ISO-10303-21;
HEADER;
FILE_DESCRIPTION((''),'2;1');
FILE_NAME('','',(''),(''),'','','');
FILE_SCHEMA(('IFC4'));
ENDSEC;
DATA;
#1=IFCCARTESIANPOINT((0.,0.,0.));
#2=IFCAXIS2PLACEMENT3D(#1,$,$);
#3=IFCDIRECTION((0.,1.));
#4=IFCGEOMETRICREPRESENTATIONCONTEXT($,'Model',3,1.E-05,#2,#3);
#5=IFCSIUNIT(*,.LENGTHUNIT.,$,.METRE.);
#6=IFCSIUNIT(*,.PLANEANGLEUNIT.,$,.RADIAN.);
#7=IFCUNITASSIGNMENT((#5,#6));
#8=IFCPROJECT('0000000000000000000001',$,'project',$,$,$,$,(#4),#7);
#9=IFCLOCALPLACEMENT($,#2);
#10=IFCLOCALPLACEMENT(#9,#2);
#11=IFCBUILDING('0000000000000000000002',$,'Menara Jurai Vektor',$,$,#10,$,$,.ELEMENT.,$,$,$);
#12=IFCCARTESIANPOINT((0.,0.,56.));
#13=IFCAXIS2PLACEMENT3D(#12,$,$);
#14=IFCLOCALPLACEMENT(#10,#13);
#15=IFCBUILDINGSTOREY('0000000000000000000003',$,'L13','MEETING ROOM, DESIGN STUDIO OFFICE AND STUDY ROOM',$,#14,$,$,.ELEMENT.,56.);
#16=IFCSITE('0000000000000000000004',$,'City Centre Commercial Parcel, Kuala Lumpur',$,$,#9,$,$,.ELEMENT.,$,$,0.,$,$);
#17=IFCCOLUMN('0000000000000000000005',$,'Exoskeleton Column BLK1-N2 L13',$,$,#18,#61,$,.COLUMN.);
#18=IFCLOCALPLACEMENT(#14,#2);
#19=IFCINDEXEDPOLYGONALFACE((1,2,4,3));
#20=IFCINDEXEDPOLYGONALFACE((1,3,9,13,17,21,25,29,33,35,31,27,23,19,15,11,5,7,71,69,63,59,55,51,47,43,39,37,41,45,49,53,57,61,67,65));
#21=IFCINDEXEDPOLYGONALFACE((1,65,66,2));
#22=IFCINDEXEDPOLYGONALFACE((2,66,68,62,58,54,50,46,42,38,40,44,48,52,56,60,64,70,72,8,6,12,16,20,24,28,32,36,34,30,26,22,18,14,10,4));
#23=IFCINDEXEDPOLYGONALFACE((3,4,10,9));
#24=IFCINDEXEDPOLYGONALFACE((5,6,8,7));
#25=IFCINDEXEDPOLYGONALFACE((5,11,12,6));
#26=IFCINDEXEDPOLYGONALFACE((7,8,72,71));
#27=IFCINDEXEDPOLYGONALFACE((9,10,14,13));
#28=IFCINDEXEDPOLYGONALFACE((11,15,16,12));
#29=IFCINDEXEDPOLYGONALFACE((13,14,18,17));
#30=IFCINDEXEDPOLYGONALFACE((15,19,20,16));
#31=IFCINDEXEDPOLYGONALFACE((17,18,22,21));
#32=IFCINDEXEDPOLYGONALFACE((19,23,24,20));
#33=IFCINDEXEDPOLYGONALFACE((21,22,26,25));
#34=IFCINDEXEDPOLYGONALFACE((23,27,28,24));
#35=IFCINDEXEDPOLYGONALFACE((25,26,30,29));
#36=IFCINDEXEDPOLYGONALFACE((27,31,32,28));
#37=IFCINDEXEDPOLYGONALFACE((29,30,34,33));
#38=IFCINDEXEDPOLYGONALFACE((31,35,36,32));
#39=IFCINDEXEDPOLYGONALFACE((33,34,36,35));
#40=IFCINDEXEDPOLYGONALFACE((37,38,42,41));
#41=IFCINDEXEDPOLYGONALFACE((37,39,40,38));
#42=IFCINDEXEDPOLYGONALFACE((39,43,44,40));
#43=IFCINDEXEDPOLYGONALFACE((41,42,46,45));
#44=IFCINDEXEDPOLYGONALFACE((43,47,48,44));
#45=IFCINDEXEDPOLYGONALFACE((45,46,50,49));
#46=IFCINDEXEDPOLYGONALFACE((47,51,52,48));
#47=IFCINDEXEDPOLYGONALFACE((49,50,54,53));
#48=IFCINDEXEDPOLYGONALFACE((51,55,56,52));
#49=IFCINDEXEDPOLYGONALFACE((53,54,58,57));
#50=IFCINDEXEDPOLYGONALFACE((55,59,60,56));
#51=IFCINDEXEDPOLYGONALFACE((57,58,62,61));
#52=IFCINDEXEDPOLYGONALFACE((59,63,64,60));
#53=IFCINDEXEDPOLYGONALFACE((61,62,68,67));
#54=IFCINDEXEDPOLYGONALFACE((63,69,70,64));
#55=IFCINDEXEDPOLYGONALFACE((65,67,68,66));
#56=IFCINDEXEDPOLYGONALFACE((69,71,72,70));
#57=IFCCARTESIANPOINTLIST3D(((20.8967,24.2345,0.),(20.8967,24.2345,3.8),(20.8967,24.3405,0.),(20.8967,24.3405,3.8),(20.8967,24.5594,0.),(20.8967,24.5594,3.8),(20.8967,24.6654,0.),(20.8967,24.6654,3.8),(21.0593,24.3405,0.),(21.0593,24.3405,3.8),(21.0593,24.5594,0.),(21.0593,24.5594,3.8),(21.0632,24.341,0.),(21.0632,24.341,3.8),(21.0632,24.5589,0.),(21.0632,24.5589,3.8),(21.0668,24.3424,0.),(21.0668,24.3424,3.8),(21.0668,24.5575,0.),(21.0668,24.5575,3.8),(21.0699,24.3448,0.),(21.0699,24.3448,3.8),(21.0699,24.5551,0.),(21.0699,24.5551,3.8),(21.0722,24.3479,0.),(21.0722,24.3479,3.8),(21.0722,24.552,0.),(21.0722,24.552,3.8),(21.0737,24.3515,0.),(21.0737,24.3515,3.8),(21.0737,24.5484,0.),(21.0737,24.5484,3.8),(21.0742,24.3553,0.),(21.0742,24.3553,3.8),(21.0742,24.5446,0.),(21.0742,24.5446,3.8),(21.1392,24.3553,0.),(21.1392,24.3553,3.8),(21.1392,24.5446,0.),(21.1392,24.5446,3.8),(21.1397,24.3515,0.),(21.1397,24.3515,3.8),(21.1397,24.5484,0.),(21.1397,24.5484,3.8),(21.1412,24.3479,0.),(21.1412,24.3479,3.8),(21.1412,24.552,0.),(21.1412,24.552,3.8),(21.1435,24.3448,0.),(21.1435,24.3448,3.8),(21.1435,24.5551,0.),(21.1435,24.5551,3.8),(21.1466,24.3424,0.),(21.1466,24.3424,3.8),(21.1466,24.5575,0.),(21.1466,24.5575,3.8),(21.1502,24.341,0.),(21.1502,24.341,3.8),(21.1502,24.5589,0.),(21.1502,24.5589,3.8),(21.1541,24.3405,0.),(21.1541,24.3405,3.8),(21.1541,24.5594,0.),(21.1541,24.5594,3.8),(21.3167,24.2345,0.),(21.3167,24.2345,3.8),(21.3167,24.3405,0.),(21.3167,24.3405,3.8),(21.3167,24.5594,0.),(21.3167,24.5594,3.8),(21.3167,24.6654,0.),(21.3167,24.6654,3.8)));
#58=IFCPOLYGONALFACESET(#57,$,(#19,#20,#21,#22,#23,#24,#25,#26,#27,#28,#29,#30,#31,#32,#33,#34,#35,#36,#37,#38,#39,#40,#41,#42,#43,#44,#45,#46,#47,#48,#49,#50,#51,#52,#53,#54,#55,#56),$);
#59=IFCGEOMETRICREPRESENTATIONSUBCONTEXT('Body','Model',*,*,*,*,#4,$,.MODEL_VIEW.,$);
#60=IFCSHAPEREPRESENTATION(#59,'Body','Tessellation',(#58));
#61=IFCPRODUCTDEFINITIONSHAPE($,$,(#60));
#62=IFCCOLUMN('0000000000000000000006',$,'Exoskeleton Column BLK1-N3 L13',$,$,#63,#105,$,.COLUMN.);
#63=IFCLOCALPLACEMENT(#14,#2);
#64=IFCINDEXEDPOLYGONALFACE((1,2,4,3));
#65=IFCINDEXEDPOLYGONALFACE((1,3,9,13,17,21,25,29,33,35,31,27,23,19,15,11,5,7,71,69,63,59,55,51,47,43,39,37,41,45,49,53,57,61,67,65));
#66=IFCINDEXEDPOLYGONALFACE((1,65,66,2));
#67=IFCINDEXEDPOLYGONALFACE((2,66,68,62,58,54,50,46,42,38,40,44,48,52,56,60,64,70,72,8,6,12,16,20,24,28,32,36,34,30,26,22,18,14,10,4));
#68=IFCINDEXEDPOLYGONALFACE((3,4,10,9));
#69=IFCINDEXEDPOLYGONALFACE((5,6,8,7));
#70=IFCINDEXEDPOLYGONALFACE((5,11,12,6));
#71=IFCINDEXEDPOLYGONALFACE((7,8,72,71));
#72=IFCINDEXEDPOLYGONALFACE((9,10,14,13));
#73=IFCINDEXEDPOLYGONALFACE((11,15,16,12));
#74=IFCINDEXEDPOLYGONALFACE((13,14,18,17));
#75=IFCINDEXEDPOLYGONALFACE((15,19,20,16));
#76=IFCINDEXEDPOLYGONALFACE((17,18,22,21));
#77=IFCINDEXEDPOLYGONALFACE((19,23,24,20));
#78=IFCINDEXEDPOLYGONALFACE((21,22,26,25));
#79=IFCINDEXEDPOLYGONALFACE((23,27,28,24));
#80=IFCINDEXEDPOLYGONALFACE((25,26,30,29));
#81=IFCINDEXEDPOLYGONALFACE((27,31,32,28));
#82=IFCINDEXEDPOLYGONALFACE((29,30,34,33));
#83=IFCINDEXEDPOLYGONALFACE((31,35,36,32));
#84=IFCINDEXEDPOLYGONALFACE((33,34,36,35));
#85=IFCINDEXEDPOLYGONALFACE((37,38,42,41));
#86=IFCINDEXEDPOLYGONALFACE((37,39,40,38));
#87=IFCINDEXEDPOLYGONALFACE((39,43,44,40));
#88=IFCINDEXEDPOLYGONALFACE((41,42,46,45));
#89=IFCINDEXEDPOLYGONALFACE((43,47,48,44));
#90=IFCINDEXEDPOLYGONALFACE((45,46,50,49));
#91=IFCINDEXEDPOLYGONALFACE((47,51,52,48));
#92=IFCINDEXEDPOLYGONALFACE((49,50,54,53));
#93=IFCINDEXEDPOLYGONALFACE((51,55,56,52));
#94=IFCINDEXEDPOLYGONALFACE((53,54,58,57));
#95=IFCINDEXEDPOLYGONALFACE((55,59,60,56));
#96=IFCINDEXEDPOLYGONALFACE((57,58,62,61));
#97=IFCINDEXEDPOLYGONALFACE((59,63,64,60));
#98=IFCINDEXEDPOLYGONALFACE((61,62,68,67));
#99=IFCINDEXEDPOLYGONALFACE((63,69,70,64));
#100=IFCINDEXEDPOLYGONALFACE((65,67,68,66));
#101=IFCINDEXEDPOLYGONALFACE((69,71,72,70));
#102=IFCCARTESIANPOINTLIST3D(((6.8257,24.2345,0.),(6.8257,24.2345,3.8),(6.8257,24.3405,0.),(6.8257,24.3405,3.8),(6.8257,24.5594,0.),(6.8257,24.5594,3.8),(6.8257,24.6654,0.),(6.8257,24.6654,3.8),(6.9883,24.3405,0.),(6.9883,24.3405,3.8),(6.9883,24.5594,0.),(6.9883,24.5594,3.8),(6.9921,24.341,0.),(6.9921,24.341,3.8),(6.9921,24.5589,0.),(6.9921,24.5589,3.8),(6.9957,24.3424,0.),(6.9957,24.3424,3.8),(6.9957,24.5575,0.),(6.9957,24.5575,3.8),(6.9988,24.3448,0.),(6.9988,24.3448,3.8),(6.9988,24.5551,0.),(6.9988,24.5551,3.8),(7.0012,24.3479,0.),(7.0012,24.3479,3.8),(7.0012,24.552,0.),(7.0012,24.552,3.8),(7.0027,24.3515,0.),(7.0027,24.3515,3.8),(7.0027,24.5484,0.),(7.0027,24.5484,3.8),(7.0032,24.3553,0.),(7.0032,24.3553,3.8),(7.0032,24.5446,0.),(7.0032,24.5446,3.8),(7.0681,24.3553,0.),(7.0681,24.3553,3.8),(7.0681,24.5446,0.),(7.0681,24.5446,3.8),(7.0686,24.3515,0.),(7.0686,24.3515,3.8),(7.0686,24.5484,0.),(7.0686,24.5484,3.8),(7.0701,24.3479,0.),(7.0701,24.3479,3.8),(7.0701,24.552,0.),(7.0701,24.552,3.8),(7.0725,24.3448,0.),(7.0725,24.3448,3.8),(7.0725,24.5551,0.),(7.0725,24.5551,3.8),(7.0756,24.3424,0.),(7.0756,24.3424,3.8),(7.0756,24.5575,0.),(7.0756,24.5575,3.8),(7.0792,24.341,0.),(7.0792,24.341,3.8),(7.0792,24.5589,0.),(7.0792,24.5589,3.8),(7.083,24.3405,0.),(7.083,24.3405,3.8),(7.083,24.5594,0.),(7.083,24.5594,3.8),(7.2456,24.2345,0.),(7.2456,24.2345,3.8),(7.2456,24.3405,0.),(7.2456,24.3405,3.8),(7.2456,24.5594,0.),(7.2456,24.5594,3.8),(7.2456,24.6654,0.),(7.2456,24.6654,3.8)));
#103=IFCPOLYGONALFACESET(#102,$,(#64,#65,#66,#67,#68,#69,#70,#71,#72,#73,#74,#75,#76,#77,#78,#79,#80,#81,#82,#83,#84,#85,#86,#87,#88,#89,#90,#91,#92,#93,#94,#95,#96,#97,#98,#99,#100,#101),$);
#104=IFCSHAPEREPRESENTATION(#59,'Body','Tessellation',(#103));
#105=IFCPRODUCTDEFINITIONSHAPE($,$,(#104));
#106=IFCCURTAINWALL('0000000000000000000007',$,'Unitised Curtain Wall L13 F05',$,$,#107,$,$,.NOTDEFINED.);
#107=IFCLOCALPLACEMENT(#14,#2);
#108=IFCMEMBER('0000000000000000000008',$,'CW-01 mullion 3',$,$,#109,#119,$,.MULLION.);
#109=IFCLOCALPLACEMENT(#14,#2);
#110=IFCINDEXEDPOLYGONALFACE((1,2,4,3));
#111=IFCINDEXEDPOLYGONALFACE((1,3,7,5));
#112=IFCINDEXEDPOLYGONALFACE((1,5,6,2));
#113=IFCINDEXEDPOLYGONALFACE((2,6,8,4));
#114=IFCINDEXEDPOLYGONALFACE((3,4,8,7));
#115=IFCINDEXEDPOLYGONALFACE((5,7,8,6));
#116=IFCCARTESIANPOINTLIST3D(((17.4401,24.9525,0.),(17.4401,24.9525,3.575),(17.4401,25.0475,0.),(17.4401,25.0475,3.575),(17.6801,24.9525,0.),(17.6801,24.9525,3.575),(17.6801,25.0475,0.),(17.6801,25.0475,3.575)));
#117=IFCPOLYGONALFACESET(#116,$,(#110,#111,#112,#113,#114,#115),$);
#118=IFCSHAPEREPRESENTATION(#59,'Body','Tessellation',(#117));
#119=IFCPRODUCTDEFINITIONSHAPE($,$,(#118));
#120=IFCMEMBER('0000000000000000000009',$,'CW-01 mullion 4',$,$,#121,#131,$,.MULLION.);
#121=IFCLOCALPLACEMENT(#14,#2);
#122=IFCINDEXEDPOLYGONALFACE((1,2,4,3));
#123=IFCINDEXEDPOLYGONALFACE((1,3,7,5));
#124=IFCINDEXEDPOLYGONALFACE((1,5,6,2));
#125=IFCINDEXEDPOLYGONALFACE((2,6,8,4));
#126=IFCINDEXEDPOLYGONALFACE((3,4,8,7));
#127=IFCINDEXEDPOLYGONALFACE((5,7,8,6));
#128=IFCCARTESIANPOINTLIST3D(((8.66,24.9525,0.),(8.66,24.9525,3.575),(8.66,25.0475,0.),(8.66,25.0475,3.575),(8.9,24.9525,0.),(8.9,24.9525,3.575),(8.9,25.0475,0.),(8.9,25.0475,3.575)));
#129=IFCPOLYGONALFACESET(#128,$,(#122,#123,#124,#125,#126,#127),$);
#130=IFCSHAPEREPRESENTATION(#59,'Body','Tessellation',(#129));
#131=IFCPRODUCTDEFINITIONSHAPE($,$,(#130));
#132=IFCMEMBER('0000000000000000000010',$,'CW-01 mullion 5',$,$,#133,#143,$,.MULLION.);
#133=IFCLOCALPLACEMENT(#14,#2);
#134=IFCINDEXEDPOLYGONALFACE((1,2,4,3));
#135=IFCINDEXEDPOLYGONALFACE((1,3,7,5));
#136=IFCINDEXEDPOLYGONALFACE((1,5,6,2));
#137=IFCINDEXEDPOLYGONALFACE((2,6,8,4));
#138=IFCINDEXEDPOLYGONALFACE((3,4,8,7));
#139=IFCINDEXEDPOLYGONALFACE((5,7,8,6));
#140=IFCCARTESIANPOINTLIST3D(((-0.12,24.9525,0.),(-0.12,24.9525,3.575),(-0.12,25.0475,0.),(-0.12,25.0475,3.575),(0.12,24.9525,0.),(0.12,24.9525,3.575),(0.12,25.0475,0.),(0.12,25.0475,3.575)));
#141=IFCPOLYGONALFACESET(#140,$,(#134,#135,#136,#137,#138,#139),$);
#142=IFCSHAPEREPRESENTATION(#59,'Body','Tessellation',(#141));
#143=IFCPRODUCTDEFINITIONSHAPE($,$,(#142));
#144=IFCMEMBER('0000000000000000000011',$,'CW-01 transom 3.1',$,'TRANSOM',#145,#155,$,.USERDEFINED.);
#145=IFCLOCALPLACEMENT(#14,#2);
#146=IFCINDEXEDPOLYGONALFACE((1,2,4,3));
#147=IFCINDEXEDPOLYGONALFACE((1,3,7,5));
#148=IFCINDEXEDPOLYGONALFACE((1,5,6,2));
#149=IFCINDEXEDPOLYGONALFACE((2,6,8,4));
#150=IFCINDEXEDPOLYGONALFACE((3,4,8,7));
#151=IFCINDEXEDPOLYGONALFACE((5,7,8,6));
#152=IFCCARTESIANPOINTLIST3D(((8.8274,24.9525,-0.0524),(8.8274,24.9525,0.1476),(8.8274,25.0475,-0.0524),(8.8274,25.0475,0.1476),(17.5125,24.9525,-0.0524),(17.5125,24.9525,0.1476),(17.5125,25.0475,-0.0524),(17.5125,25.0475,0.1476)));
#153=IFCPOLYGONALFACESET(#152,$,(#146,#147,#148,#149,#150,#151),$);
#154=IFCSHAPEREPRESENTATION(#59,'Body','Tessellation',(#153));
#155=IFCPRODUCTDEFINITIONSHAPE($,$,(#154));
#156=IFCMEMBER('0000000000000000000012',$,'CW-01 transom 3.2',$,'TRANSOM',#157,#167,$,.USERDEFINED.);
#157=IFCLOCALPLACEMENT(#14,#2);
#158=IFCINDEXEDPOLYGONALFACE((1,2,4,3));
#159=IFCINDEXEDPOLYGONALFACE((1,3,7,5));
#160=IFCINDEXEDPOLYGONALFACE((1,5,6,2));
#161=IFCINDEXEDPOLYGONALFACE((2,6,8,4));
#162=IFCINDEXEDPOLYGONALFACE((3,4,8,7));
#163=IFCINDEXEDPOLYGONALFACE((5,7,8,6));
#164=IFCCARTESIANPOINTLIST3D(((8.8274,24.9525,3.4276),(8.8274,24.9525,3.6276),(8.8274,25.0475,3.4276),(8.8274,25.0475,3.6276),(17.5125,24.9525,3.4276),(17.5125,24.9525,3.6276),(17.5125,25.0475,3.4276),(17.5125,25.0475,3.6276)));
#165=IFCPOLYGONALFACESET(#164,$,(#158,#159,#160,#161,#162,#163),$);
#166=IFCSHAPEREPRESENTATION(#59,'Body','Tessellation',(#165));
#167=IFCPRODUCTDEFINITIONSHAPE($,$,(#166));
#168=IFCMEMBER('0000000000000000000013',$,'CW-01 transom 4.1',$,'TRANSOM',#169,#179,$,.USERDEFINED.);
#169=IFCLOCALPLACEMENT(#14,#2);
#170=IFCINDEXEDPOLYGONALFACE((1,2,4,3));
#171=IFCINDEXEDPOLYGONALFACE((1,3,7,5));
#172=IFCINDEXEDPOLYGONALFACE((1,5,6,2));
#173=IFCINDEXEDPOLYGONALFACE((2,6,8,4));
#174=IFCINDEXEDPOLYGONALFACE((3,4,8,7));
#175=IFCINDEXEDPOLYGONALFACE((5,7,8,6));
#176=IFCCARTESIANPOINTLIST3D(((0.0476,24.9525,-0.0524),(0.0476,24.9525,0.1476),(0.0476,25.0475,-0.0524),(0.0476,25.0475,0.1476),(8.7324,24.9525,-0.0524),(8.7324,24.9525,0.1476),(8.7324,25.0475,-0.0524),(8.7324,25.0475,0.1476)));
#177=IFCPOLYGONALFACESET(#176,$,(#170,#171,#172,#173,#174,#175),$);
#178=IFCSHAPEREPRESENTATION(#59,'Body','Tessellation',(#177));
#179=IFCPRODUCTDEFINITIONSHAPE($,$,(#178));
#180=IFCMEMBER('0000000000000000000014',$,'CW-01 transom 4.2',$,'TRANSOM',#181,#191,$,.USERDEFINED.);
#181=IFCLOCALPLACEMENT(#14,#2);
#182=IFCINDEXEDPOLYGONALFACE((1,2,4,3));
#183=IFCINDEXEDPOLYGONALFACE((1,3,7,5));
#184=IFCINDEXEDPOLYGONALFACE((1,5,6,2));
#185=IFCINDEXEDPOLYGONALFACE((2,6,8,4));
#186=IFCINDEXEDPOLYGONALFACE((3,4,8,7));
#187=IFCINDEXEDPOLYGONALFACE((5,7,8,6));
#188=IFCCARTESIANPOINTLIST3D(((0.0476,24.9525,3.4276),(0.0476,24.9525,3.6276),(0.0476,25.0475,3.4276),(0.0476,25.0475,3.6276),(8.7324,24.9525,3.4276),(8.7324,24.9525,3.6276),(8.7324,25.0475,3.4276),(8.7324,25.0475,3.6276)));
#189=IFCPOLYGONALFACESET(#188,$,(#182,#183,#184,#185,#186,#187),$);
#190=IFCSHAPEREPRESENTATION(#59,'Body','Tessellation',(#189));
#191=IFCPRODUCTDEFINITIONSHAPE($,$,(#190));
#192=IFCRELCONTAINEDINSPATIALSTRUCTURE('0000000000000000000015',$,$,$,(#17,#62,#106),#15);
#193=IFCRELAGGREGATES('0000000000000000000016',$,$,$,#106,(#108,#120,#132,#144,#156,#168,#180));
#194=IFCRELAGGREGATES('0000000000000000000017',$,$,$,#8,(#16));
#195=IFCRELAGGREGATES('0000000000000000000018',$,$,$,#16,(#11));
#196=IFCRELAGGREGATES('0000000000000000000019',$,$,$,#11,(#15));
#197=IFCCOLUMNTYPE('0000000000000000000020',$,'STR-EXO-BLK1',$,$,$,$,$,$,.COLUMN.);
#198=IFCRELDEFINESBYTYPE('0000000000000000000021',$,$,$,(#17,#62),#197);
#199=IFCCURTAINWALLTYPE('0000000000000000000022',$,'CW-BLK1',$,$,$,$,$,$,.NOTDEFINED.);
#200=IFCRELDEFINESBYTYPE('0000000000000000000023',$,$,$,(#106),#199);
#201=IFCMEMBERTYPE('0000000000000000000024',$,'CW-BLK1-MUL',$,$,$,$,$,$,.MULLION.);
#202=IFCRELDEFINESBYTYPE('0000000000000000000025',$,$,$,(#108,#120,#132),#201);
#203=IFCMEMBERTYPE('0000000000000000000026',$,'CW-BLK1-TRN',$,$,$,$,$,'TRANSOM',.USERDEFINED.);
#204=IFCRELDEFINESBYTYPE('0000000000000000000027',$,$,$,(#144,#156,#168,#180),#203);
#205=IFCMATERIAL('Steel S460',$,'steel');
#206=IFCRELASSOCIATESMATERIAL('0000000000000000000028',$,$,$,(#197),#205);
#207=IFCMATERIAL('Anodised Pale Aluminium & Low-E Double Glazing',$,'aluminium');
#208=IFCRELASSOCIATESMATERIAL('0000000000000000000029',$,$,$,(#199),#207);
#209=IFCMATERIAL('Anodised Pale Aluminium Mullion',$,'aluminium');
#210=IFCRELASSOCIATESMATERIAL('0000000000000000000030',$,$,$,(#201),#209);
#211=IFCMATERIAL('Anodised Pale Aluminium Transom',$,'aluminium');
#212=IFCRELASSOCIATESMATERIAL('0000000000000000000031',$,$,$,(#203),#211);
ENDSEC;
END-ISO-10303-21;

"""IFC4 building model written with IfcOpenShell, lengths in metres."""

from ifc_helpers import new_model, si_unit, direction, frame, origin, origin_2d, place, context, subcontext, project, spatial, rectangle, i_section, extrude, material, material_profile, profile_set, type_object, element, aggregate, save


model = new_model("IFC4")

# Units and contexts
model_context = context("Model", 3, precision=1e-05, world=origin(), true_north=direction((0.0, 1.0)))
body_context = subcontext(model_context, "Body", "Model", "MODEL_VIEW")
ifc_project = project(units=[si_unit("LENGTHUNIT", "METRE"), si_unit("PLANEANGLEUNIT", "RADIAN")], contexts=[model_context])

# Site, building, storey
site_placement = place(None, origin())
site = spatial("IfcSite", under=ifc_project, at=site_placement, Name="City Centre Commercial Parcel, Kuala Lumpur", CompositionType="ELEMENT", RefElevation=0.0)
building_placement = place(site_placement, origin())
building = spatial("IfcBuilding", under=site, at=building_placement, Name="Menara Jurai Vektor", CompositionType="ELEMENT")
storey_placement = place(building_placement, frame((0.0, 0.0, 56.0)))
storey = spatial("IfcBuildingStorey", under=building, at=storey_placement, Name="L13", Description="MEETING ROOM, DESIGN STUDIO OFFICE AND STUDY ROOM", CompositionType="ELEMENT", Elevation=56.0)

# Columns
ifc_material_1 = material(Name="Steel S460", Category="steel")
ifc_material_profile_1 = material_profile(ifc_material_1, i_section(OverallWidth=0.4199, OverallDepth=0.4309, WebThickness=0.0649, FlangeThickness=0.106, FilletRadius=0.0149, at=origin_2d()), Name="HD 400x900")
ifc_profile_set_1 = profile_set([ifc_material_profile_1], Name="Steel S460")
column_type = type_object("IfcColumnType", Name="STR-EXO-BLK1", PredefinedType="COLUMN", material=ifc_profile_set_1)
for number, where, z_axis, x_axis, name in (
    (1, (21.1067, 24.45, 0.0), (0.0, 0.0, 1.0), (1.0, 0.0, 0.0), "Exoskeleton Column BLK1-N2 L13"),
    (2, (7.0356, 24.45, 0.0), (0.0, 0.0, 1.0), (1.0, 0.0, 0.0), "Exoskeleton Column BLK1-N3 L13"),
):
    element("IfcColumn", number, at=place(storey_placement, frame(where, z_axis=z_axis, x_axis=x_axis)), inside=storey, type_object=column_type, Name=name, PredefinedType="COLUMN", context=body_context, shape_type="SweptSolid", body=[
        extrude(i_section(OverallWidth=0.4199, OverallDepth=0.4309, WebThickness=0.0649, FlangeThickness=0.106, FilletRadius=0.0149, at=origin_2d()), origin(), (0.0, 0.0, 1.0), 3.8),
    ])

# Curtain wall, members
ifc_material_2 = material(Name="Anodised Pale Aluminium & Low-E Double Glazing", Category="aluminium")
curtain_wall_type = type_object("IfcCurtainWallType", Name="CW-BLK1", PredefinedType="NOTDEFINED", material=ifc_material_2)
curtain_wall_placement = place(storey_placement, origin())
curtain_wall = element("IfcCurtainWall", 3, at=curtain_wall_placement, inside=storey, type_object=curtain_wall_type, Name="Unitised Curtain Wall L13 F05", PredefinedType="NOTDEFINED")
ifc_material_3 = material(Name="Anodised Pale Aluminium Mullion", Category="aluminium")
ifc_material_profile_2 = material_profile(ifc_material_3, rectangle(XDim=0.095, YDim=0.24, at=origin_2d()), Name="ALU MUL 95x240")
ifc_profile_set_2 = profile_set([ifc_material_profile_2], Name="Anodised Pale Aluminium Mullion")
member_type_1 = type_object("IfcMemberType", Name="CW-BLK1-MUL", PredefinedType="MULLION", material=ifc_profile_set_2)
member_1_placement = place(storey_placement, frame((17.5601, 25.0, 0.0), z_axis=(0.0, 0.0, 1.0), x_axis=(0.0, -1.0, 0.0)))
member_1 = element("IfcMember", 4, at=member_1_placement, type_object=member_type_1, Name="CW-01 mullion 3", PredefinedType="MULLION", context=body_context, shape_type="SweptSolid", body=[
    extrude(rectangle(XDim=0.095, YDim=0.24, at=origin_2d()), origin(), (0.0, 0.0, 1.0), 3.575),
])
member_2_placement = place(storey_placement, frame((8.78, 25.0, 0.0), z_axis=(0.0, 0.0, 1.0), x_axis=(0.0, -1.0, 0.0)))
member_2 = element("IfcMember", 5, at=member_2_placement, type_object=member_type_1, Name="CW-01 mullion 4", PredefinedType="MULLION", context=body_context, shape_type="SweptSolid", body=[
    extrude(rectangle(XDim=0.095, YDim=0.24, at=origin_2d()), origin(), (0.0, 0.0, 1.0), 3.575),
])
member_3_placement = place(storey_placement, frame((0.0, 25.0, 0.0), z_axis=(0.0, 0.0, 1.0), x_axis=(0.0, -1.0, 0.0)))
member_3 = element("IfcMember", 6, at=member_3_placement, type_object=member_type_1, Name="CW-01 mullion 5", PredefinedType="MULLION", context=body_context, shape_type="SweptSolid", body=[
    extrude(rectangle(XDim=0.095, YDim=0.24, at=origin_2d()), origin(), (0.0, 0.0, 1.0), 3.575),
])
ifc_material_4 = material(Name="Anodised Pale Aluminium Transom", Category="aluminium")
ifc_material_profile_3 = material_profile(ifc_material_4, rectangle(XDim=0.095, YDim=0.2, at=origin_2d()), Name="ALU TRN 95x200")
ifc_profile_set_3 = profile_set([ifc_material_profile_3], Name="Anodised Pale Aluminium Transom")
member_type_2 = type_object("IfcMemberType", Name="CW-BLK1-TRN", ElementType="TRANSOM", PredefinedType="USERDEFINED", material=ifc_profile_set_3)
member_4_placement = place(storey_placement, frame((17.5125, 25.0, 0.0476), z_axis=(-1.0, 0.0, 0.0), x_axis=(0.0, -1.0, 0.0)))
member_4 = element("IfcMember", 7, at=member_4_placement, type_object=member_type_2, Name="CW-01 transom 3.1", ObjectType="TRANSOM", PredefinedType="USERDEFINED", context=body_context, shape_type="SweptSolid", body=[
    extrude(rectangle(XDim=0.095, YDim=0.2, at=origin_2d()), origin(), (0.0, 0.0, 1.0), 8.6851),
])
member_5_placement = place(storey_placement, frame((17.5125, 25.0, 3.5276), z_axis=(-1.0, 0.0, 0.0), x_axis=(0.0, -1.0, 0.0)))
member_5 = element("IfcMember", 8, at=member_5_placement, type_object=member_type_2, Name="CW-01 transom 3.2", ObjectType="TRANSOM", PredefinedType="USERDEFINED", context=body_context, shape_type="SweptSolid", body=[
    extrude(rectangle(XDim=0.095, YDim=0.2, at=origin_2d()), origin(), (0.0, 0.0, 1.0), 8.6851),
])
member_6_placement = place(storey_placement, frame((8.7324, 25.0, 0.0476), z_axis=(-1.0, 0.0, 0.0), x_axis=(0.0, -1.0, 0.0)))
member_6 = element("IfcMember", 9, at=member_6_placement, type_object=member_type_2, Name="CW-01 transom 4.1", ObjectType="TRANSOM", PredefinedType="USERDEFINED", context=body_context, shape_type="SweptSolid", body=[
    extrude(rectangle(XDim=0.095, YDim=0.2, at=origin_2d()), origin(), (0.0, 0.0, 1.0), 8.6848),
])
member_7_placement = place(storey_placement, frame((8.7324, 25.0, 3.5276), z_axis=(-1.0, 0.0, 0.0), x_axis=(0.0, -1.0, 0.0)))
member_7 = element("IfcMember", 10, at=member_7_placement, type_object=member_type_2, Name="CW-01 transom 4.2", ObjectType="TRANSOM", PredefinedType="USERDEFINED", context=body_context, shape_type="SweptSolid", body=[
    extrude(rectangle(XDim=0.095, YDim=0.2, at=origin_2d()), origin(), (0.0, 0.0, 1.0), 8.6848),
])

aggregate(curtain_wall, [member_1, member_2, member_3, member_4, member_5, member_6, member_7])

save(model, "model.ifc")
